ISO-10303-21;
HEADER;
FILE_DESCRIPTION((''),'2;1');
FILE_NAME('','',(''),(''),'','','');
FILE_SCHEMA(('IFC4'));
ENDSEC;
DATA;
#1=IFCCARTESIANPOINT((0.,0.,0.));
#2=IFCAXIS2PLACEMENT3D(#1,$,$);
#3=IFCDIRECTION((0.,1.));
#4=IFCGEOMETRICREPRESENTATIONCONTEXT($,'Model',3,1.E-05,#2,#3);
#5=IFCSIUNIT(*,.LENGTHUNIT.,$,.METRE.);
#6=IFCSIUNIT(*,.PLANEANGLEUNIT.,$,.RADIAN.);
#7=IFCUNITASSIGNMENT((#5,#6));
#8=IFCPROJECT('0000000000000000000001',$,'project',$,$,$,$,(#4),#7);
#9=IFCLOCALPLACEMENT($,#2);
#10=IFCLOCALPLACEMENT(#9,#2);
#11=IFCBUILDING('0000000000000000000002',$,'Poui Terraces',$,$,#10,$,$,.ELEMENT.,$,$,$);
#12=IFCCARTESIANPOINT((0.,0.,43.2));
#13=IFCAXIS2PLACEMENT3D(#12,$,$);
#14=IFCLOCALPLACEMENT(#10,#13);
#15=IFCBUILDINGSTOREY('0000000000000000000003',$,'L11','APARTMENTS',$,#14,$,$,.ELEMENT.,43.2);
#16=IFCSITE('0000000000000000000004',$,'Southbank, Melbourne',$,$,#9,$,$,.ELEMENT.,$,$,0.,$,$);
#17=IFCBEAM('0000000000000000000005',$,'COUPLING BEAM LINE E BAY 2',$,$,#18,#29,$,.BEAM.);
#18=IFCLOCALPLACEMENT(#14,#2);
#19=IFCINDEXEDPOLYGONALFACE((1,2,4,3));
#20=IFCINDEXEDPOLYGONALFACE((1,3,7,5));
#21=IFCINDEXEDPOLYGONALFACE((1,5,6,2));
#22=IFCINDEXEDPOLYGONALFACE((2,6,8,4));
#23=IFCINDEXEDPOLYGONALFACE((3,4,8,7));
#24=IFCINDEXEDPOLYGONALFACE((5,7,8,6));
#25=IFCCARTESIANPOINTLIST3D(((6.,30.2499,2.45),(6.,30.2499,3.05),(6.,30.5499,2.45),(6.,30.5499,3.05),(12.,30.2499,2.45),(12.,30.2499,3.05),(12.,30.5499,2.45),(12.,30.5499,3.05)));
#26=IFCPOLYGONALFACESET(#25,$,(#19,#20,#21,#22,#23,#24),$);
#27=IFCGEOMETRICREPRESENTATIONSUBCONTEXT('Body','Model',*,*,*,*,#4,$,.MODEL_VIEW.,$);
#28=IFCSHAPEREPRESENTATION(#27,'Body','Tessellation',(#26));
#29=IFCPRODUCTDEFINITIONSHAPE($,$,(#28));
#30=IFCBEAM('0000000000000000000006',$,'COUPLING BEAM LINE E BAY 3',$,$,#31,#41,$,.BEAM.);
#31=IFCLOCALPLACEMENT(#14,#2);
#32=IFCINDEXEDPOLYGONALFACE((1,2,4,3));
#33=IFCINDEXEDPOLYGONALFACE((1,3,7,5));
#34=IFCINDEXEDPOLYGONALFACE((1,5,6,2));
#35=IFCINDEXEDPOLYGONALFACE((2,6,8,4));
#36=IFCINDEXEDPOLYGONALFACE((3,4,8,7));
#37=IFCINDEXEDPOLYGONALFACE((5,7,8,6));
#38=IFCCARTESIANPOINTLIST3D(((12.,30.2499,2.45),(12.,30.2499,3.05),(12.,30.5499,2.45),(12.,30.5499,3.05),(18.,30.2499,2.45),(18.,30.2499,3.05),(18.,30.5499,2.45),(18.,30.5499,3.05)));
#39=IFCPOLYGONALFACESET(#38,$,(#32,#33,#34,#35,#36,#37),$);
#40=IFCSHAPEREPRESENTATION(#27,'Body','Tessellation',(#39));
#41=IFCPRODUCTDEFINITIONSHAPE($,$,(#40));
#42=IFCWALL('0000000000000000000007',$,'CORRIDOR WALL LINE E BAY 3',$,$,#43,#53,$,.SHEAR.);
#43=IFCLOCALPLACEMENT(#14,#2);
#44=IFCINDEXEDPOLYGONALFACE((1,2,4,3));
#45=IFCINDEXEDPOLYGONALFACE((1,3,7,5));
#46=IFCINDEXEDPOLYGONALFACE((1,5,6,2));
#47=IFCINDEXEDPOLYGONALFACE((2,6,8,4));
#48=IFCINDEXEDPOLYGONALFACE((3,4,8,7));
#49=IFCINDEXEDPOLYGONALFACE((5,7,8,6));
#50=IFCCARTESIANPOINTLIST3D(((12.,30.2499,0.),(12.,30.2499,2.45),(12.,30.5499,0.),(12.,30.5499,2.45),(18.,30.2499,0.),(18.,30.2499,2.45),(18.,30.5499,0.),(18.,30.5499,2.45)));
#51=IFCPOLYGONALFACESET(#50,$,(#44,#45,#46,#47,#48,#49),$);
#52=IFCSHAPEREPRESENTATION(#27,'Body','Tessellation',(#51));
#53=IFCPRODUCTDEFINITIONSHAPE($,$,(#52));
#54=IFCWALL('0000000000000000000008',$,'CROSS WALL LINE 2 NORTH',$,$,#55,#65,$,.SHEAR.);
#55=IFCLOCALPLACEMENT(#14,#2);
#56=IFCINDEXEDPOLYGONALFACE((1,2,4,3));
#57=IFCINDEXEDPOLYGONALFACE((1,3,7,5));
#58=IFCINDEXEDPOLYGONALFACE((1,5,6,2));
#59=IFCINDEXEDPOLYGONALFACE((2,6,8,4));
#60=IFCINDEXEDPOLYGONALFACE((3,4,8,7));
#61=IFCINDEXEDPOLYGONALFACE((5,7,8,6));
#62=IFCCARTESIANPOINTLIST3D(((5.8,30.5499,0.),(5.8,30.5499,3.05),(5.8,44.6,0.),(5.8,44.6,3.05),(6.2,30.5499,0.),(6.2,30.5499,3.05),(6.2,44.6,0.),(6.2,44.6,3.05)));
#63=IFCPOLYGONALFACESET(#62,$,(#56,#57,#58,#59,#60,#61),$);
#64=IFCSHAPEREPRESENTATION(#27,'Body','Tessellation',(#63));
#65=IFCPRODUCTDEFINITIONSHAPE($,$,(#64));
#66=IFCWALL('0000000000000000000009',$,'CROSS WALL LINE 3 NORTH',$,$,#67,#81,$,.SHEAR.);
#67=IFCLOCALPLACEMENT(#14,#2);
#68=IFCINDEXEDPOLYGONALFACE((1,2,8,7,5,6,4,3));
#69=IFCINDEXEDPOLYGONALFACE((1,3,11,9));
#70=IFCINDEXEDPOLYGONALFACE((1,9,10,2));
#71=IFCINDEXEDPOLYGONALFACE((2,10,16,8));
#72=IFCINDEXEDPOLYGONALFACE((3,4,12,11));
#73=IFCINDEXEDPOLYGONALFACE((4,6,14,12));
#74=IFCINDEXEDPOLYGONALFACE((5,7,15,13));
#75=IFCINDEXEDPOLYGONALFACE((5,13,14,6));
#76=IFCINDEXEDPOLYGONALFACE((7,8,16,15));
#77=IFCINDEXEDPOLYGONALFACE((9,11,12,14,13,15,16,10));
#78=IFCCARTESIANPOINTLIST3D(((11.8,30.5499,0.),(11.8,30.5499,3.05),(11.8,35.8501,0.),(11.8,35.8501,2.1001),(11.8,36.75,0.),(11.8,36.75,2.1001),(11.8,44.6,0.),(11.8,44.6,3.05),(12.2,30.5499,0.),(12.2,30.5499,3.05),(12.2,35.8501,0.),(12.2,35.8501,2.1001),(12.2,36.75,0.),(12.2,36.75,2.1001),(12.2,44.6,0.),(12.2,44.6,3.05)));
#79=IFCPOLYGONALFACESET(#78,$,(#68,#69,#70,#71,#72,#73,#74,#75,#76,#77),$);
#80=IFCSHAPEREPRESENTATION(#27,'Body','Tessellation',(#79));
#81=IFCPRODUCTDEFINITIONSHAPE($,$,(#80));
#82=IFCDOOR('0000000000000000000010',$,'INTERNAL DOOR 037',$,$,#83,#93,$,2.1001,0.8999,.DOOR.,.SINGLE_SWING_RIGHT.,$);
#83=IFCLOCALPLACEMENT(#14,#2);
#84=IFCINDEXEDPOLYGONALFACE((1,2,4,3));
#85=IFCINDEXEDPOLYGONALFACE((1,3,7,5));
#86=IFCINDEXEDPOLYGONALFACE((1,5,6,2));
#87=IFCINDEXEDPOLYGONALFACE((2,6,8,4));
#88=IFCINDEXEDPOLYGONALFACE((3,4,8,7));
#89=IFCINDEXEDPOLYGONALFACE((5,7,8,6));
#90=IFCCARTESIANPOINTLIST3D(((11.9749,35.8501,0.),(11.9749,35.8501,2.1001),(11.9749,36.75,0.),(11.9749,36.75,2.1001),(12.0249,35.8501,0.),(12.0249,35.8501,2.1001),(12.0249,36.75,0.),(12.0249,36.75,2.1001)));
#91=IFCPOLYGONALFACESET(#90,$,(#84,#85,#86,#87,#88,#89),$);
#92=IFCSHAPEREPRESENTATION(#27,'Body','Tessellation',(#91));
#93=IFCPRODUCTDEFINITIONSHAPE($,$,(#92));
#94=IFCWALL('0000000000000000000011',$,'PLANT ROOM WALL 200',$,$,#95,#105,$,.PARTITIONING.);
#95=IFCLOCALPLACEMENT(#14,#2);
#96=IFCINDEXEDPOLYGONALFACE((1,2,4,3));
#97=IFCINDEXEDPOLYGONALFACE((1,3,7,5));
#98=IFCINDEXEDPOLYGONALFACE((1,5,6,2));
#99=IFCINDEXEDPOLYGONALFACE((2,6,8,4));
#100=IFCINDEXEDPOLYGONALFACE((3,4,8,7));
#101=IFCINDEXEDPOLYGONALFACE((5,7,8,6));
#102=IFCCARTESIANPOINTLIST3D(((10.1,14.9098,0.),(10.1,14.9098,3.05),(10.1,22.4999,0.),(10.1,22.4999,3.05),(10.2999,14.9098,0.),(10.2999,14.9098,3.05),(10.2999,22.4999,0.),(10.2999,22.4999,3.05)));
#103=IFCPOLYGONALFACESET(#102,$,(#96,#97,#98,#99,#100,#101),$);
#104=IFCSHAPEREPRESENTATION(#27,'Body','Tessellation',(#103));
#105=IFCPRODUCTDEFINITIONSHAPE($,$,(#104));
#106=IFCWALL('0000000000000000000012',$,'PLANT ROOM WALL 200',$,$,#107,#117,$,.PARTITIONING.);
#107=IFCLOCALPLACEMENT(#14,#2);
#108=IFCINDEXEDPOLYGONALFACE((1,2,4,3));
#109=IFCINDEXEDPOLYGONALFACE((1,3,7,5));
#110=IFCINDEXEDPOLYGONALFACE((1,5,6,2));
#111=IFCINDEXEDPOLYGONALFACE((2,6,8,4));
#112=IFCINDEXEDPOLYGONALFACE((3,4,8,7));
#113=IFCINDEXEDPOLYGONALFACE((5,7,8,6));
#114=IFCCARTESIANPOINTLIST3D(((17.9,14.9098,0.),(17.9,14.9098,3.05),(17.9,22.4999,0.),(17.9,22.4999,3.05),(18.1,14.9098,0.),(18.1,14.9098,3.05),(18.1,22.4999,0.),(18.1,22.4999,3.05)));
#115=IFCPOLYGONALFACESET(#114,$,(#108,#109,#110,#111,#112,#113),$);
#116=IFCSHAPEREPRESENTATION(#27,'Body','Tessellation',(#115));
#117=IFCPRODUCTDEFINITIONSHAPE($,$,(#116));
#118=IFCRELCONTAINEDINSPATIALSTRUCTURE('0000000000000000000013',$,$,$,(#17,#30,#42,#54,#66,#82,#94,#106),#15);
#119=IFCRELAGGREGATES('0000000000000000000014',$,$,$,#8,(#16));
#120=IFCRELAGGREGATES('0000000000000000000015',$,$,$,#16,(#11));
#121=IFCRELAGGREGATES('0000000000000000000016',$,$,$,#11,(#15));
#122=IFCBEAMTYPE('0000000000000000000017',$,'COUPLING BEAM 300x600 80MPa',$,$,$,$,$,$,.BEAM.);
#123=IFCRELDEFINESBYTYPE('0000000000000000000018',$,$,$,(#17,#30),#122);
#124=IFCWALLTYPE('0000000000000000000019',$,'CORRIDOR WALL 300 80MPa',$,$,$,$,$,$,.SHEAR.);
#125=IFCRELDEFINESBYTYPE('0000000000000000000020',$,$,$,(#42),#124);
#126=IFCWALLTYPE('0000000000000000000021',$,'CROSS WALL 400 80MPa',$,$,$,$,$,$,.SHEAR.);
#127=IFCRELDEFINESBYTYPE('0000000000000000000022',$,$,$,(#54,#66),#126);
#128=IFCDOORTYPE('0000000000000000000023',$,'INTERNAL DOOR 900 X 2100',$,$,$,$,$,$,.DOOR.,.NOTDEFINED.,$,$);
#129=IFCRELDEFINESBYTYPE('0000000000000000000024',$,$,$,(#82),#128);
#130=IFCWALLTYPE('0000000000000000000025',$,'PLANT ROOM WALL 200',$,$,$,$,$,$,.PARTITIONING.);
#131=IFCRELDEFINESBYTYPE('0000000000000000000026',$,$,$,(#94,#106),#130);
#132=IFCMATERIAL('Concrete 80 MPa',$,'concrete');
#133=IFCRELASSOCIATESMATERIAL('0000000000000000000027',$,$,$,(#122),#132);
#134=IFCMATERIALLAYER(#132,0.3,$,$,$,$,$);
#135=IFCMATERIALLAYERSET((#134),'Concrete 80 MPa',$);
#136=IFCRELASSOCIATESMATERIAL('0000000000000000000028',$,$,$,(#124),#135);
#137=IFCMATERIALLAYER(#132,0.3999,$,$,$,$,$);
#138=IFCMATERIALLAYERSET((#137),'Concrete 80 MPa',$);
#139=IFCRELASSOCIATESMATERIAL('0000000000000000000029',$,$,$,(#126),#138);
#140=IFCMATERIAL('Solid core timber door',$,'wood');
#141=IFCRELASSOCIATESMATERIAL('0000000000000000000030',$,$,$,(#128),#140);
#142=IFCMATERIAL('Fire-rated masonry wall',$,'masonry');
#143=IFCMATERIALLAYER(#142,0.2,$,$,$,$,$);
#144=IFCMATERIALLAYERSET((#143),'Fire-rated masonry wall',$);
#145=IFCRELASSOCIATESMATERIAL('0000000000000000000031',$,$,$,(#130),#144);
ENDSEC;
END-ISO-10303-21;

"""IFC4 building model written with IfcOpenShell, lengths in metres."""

from ifc_helpers import new_model, si_unit, direction, frame, frame_2d, origin, origin_2d, place, context, subcontext, project, spatial, rectangle, extrude, source, transform, mapped, material, layer, layer_set, material_profile, profile_set, type_object, element, fill, save


model = new_model("IFC4")

# Units and contexts
model_context = context("Model", 3, precision=1e-05, world=origin(), true_north=direction((0.0, 1.0)))
body_context = subcontext(model_context, "Body", "Model", "MODEL_VIEW")
ifc_project = project(units=[si_unit("LENGTHUNIT", "METRE"), si_unit("PLANEANGLEUNIT", "RADIAN")], contexts=[model_context])

# Site, building, storey
site_placement = place(None, origin())
site = spatial("IfcSite", under=ifc_project, at=site_placement, Name="Southbank, Melbourne", CompositionType="ELEMENT", RefElevation=0.0)
building_placement = place(site_placement, origin())
building = spatial("IfcBuilding", under=site, at=building_placement, Name="Poui Terraces", CompositionType="ELEMENT")
storey_placement = place(building_placement, frame((0.0, 0.0, 43.2)))
storey = spatial("IfcBuildingStorey", under=building, at=storey_placement, Name="L11", Description="APARTMENTS", CompositionType="ELEMENT", Elevation=43.2)

# Beams
ifc_material_1 = material(Name="Concrete 80 MPa", Category="concrete")
ifc_material_profile = material_profile(ifc_material_1, rectangle(XDim=0.3, YDim=0.6001, at=origin_2d()), Name="RC 300x600")
ifc_profile_set = profile_set([ifc_material_profile], Name="Concrete 80 MPa")
beam_type = type_object("IfcBeamType", Name="COUPLING BEAM 300x600 80MPa", PredefinedType="BEAM", material=ifc_profile_set)
shared_shape = source(origin(), body_context, "Body", "SweptSolid", [
    extrude(rectangle(XDim=0.3, YDim=0.6001, at=origin_2d()), origin(), (0.0, 0.0, 1.0), 6.0),
])
for number, where, z_axis, x_axis, name in (
    (1, (6.0, 30.3999, 2.75), (1.0, 0.0, 0.0), (0.0, 1.0, 0.0), "COUPLING BEAM LINE E BAY 2"),
    (2, (12.0, 30.3999, 2.75), (1.0, 0.0, 0.0), (0.0, 1.0, 0.0), "COUPLING BEAM LINE E BAY 3"),
):
    element("IfcBeam", number, at=place(storey_placement, frame(where, z_axis=z_axis, x_axis=x_axis)), inside=storey, type_object=beam_type, Name=name, PredefinedType="BEAM", context=body_context, shape_type="MappedRepresentation", body=[
        mapped(shared_shape, transform((0.0, 0.0, 0.0))),
    ])

# Walls
ifc_layer_1 = layer(ifc_material_1, 0.3)
ifc_layer_set_1 = layer_set([ifc_layer_1], Name="Concrete 80 MPa")
wall_type_1 = type_object("IfcWallType", Name="CORRIDOR WALL 300 80MPa", PredefinedType="SHEAR", material=ifc_layer_set_1)
wall_1_placement = place(storey_placement, frame((12.0, 30.3999, 0.0), z_axis=(0.0, 0.0, 1.0), x_axis=(1.0, 0.0, 0.0)))
element("IfcWall", 3, at=wall_1_placement, inside=storey, type_object=wall_type_1, Name="CORRIDOR WALL LINE E BAY 3", PredefinedType="SHEAR", context=body_context, shape_type="SweptSolid", body=[
    extrude(rectangle(XDim=6.0, YDim=0.3, at=frame_2d((3.0, 0.0))), origin(), (0.0, 0.0, 1.0), 2.45),
])
ifc_layer_2 = layer(ifc_material_1, 0.3999)
ifc_layer_set_2 = layer_set([ifc_layer_2], Name="Concrete 80 MPa")
wall_type_2 = type_object("IfcWallType", Name="CROSS WALL 400 80MPa", PredefinedType="SHEAR", material=ifc_layer_set_2)
wall_2_placement = place(storey_placement, frame((6.0, 30.55, 0.0), z_axis=(0.0, 0.0, 1.0), x_axis=(0.0, 1.0, 0.0)))
element("IfcWall", 4, at=wall_2_placement, inside=storey, type_object=wall_type_2, Name="CROSS WALL LINE 2 NORTH", PredefinedType="SHEAR", context=body_context, shape_type="SweptSolid", body=[
    extrude(rectangle(XDim=14.05, YDim=0.3999, at=frame_2d((7.0249, 0.0))), origin(), (0.0, 0.0, 1.0), 3.05),
])

# Wall, opening, door
wall_3_placement = place(storey_placement, frame((12.0, 30.55, 0.0), z_axis=(0.0, 0.0, 1.0), x_axis=(0.0, 1.0, 0.0)))
wall_3 = element("IfcWall", 5, at=wall_3_placement, inside=storey, type_object=wall_type_2, Name="CROSS WALL LINE 3 NORTH", PredefinedType="SHEAR", context=body_context, shape_type="SweptSolid", body=[
    extrude(rectangle(XDim=14.05, YDim=0.3999, at=frame_2d((7.0249, 0.0))), origin(), (0.0, 0.0, 1.0), 3.05),
])
opening_placement = place(wall_3_placement, frame((5.3, 0.0, 0.0)))
opening = element("IfcOpeningElement", 6, at=opening_placement, cuts=wall_3, PredefinedType="OPENING", context=body_context, shape_type="SweptSolid", body=[
    extrude(rectangle(XDim=0.8999, YDim=2.1001, at=frame_2d((0.45, 1.05))), frame((0.0, 0.21, 0.0), z_axis=(0.0, -1.0, 0.0), x_axis=(1.0, 0.0, 0.0)), (0.0, 0.0, 1.0), 0.4199),
])
ifc_material_2 = material(Name="Solid core timber door", Category="wood")
door_type = type_object("IfcDoorType", Name="INTERNAL DOOR 900 X 2100", OperationType="NOTDEFINED", PredefinedType="DOOR", material=ifc_material_2)
door_placement = place(opening_placement, frame((0.8999, 0.0, 0.0), z_axis=(0.0, 0.0, 1.0), x_axis=(-1.0, 0.0, 0.0)))
door = element("IfcDoor", 7, at=door_placement, inside=storey, type_object=door_type, Name="INTERNAL DOOR 037", OperationType="SINGLE_SWING_RIGHT", OverallHeight=2.1001, OverallWidth=0.8999, PredefinedType="DOOR", context=body_context, shape_type="SweptSolid", body=[
    extrude(rectangle(XDim=0.8999, YDim=2.1001, at=frame_2d((0.45, 1.05))), frame((0.0, 0.0249, 0.0), z_axis=(0.0, -1.0, 0.0), x_axis=(1.0, 0.0, 0.0)), (0.0, 0.0, 1.0), 0.05),
])
fill(opening, door)

# Walls
ifc_material_3 = material(Name="Fire-rated masonry wall", Category="masonry")
ifc_layer_3 = layer(ifc_material_3, 0.2)
ifc_layer_set_3 = layer_set([ifc_layer_3], Name="Fire-rated masonry wall")
wall_type_3 = type_object("IfcWallType", Name="PLANT ROOM WALL 200", PredefinedType="PARTITIONING", material=ifc_layer_set_3)
for number, where, z_axis, x_axis, name in (
    (8, (10.2, 14.9099, 0.0), (0.0, 0.0, 1.0), (0.0, 1.0, 0.0), "PLANT ROOM WALL 200"),
    (9, (18.0, 14.9099, 0.0), (0.0, 0.0, 1.0), (0.0, 1.0, 0.0), "PLANT ROOM WALL 200"),
):
    element("IfcWall", number, at=place(storey_placement, frame(where, z_axis=z_axis, x_axis=x_axis)), inside=storey, type_object=wall_type_3, Name=name, PredefinedType="PARTITIONING", context=body_context, shape_type="SweptSolid", body=[
        extrude(rectangle(XDim=7.5901, YDim=0.2, at=frame_2d((3.7949, 0.0))), origin(), (0.0, 0.0, 1.0), 3.05),
    ])

save(model, "model.ifc")
